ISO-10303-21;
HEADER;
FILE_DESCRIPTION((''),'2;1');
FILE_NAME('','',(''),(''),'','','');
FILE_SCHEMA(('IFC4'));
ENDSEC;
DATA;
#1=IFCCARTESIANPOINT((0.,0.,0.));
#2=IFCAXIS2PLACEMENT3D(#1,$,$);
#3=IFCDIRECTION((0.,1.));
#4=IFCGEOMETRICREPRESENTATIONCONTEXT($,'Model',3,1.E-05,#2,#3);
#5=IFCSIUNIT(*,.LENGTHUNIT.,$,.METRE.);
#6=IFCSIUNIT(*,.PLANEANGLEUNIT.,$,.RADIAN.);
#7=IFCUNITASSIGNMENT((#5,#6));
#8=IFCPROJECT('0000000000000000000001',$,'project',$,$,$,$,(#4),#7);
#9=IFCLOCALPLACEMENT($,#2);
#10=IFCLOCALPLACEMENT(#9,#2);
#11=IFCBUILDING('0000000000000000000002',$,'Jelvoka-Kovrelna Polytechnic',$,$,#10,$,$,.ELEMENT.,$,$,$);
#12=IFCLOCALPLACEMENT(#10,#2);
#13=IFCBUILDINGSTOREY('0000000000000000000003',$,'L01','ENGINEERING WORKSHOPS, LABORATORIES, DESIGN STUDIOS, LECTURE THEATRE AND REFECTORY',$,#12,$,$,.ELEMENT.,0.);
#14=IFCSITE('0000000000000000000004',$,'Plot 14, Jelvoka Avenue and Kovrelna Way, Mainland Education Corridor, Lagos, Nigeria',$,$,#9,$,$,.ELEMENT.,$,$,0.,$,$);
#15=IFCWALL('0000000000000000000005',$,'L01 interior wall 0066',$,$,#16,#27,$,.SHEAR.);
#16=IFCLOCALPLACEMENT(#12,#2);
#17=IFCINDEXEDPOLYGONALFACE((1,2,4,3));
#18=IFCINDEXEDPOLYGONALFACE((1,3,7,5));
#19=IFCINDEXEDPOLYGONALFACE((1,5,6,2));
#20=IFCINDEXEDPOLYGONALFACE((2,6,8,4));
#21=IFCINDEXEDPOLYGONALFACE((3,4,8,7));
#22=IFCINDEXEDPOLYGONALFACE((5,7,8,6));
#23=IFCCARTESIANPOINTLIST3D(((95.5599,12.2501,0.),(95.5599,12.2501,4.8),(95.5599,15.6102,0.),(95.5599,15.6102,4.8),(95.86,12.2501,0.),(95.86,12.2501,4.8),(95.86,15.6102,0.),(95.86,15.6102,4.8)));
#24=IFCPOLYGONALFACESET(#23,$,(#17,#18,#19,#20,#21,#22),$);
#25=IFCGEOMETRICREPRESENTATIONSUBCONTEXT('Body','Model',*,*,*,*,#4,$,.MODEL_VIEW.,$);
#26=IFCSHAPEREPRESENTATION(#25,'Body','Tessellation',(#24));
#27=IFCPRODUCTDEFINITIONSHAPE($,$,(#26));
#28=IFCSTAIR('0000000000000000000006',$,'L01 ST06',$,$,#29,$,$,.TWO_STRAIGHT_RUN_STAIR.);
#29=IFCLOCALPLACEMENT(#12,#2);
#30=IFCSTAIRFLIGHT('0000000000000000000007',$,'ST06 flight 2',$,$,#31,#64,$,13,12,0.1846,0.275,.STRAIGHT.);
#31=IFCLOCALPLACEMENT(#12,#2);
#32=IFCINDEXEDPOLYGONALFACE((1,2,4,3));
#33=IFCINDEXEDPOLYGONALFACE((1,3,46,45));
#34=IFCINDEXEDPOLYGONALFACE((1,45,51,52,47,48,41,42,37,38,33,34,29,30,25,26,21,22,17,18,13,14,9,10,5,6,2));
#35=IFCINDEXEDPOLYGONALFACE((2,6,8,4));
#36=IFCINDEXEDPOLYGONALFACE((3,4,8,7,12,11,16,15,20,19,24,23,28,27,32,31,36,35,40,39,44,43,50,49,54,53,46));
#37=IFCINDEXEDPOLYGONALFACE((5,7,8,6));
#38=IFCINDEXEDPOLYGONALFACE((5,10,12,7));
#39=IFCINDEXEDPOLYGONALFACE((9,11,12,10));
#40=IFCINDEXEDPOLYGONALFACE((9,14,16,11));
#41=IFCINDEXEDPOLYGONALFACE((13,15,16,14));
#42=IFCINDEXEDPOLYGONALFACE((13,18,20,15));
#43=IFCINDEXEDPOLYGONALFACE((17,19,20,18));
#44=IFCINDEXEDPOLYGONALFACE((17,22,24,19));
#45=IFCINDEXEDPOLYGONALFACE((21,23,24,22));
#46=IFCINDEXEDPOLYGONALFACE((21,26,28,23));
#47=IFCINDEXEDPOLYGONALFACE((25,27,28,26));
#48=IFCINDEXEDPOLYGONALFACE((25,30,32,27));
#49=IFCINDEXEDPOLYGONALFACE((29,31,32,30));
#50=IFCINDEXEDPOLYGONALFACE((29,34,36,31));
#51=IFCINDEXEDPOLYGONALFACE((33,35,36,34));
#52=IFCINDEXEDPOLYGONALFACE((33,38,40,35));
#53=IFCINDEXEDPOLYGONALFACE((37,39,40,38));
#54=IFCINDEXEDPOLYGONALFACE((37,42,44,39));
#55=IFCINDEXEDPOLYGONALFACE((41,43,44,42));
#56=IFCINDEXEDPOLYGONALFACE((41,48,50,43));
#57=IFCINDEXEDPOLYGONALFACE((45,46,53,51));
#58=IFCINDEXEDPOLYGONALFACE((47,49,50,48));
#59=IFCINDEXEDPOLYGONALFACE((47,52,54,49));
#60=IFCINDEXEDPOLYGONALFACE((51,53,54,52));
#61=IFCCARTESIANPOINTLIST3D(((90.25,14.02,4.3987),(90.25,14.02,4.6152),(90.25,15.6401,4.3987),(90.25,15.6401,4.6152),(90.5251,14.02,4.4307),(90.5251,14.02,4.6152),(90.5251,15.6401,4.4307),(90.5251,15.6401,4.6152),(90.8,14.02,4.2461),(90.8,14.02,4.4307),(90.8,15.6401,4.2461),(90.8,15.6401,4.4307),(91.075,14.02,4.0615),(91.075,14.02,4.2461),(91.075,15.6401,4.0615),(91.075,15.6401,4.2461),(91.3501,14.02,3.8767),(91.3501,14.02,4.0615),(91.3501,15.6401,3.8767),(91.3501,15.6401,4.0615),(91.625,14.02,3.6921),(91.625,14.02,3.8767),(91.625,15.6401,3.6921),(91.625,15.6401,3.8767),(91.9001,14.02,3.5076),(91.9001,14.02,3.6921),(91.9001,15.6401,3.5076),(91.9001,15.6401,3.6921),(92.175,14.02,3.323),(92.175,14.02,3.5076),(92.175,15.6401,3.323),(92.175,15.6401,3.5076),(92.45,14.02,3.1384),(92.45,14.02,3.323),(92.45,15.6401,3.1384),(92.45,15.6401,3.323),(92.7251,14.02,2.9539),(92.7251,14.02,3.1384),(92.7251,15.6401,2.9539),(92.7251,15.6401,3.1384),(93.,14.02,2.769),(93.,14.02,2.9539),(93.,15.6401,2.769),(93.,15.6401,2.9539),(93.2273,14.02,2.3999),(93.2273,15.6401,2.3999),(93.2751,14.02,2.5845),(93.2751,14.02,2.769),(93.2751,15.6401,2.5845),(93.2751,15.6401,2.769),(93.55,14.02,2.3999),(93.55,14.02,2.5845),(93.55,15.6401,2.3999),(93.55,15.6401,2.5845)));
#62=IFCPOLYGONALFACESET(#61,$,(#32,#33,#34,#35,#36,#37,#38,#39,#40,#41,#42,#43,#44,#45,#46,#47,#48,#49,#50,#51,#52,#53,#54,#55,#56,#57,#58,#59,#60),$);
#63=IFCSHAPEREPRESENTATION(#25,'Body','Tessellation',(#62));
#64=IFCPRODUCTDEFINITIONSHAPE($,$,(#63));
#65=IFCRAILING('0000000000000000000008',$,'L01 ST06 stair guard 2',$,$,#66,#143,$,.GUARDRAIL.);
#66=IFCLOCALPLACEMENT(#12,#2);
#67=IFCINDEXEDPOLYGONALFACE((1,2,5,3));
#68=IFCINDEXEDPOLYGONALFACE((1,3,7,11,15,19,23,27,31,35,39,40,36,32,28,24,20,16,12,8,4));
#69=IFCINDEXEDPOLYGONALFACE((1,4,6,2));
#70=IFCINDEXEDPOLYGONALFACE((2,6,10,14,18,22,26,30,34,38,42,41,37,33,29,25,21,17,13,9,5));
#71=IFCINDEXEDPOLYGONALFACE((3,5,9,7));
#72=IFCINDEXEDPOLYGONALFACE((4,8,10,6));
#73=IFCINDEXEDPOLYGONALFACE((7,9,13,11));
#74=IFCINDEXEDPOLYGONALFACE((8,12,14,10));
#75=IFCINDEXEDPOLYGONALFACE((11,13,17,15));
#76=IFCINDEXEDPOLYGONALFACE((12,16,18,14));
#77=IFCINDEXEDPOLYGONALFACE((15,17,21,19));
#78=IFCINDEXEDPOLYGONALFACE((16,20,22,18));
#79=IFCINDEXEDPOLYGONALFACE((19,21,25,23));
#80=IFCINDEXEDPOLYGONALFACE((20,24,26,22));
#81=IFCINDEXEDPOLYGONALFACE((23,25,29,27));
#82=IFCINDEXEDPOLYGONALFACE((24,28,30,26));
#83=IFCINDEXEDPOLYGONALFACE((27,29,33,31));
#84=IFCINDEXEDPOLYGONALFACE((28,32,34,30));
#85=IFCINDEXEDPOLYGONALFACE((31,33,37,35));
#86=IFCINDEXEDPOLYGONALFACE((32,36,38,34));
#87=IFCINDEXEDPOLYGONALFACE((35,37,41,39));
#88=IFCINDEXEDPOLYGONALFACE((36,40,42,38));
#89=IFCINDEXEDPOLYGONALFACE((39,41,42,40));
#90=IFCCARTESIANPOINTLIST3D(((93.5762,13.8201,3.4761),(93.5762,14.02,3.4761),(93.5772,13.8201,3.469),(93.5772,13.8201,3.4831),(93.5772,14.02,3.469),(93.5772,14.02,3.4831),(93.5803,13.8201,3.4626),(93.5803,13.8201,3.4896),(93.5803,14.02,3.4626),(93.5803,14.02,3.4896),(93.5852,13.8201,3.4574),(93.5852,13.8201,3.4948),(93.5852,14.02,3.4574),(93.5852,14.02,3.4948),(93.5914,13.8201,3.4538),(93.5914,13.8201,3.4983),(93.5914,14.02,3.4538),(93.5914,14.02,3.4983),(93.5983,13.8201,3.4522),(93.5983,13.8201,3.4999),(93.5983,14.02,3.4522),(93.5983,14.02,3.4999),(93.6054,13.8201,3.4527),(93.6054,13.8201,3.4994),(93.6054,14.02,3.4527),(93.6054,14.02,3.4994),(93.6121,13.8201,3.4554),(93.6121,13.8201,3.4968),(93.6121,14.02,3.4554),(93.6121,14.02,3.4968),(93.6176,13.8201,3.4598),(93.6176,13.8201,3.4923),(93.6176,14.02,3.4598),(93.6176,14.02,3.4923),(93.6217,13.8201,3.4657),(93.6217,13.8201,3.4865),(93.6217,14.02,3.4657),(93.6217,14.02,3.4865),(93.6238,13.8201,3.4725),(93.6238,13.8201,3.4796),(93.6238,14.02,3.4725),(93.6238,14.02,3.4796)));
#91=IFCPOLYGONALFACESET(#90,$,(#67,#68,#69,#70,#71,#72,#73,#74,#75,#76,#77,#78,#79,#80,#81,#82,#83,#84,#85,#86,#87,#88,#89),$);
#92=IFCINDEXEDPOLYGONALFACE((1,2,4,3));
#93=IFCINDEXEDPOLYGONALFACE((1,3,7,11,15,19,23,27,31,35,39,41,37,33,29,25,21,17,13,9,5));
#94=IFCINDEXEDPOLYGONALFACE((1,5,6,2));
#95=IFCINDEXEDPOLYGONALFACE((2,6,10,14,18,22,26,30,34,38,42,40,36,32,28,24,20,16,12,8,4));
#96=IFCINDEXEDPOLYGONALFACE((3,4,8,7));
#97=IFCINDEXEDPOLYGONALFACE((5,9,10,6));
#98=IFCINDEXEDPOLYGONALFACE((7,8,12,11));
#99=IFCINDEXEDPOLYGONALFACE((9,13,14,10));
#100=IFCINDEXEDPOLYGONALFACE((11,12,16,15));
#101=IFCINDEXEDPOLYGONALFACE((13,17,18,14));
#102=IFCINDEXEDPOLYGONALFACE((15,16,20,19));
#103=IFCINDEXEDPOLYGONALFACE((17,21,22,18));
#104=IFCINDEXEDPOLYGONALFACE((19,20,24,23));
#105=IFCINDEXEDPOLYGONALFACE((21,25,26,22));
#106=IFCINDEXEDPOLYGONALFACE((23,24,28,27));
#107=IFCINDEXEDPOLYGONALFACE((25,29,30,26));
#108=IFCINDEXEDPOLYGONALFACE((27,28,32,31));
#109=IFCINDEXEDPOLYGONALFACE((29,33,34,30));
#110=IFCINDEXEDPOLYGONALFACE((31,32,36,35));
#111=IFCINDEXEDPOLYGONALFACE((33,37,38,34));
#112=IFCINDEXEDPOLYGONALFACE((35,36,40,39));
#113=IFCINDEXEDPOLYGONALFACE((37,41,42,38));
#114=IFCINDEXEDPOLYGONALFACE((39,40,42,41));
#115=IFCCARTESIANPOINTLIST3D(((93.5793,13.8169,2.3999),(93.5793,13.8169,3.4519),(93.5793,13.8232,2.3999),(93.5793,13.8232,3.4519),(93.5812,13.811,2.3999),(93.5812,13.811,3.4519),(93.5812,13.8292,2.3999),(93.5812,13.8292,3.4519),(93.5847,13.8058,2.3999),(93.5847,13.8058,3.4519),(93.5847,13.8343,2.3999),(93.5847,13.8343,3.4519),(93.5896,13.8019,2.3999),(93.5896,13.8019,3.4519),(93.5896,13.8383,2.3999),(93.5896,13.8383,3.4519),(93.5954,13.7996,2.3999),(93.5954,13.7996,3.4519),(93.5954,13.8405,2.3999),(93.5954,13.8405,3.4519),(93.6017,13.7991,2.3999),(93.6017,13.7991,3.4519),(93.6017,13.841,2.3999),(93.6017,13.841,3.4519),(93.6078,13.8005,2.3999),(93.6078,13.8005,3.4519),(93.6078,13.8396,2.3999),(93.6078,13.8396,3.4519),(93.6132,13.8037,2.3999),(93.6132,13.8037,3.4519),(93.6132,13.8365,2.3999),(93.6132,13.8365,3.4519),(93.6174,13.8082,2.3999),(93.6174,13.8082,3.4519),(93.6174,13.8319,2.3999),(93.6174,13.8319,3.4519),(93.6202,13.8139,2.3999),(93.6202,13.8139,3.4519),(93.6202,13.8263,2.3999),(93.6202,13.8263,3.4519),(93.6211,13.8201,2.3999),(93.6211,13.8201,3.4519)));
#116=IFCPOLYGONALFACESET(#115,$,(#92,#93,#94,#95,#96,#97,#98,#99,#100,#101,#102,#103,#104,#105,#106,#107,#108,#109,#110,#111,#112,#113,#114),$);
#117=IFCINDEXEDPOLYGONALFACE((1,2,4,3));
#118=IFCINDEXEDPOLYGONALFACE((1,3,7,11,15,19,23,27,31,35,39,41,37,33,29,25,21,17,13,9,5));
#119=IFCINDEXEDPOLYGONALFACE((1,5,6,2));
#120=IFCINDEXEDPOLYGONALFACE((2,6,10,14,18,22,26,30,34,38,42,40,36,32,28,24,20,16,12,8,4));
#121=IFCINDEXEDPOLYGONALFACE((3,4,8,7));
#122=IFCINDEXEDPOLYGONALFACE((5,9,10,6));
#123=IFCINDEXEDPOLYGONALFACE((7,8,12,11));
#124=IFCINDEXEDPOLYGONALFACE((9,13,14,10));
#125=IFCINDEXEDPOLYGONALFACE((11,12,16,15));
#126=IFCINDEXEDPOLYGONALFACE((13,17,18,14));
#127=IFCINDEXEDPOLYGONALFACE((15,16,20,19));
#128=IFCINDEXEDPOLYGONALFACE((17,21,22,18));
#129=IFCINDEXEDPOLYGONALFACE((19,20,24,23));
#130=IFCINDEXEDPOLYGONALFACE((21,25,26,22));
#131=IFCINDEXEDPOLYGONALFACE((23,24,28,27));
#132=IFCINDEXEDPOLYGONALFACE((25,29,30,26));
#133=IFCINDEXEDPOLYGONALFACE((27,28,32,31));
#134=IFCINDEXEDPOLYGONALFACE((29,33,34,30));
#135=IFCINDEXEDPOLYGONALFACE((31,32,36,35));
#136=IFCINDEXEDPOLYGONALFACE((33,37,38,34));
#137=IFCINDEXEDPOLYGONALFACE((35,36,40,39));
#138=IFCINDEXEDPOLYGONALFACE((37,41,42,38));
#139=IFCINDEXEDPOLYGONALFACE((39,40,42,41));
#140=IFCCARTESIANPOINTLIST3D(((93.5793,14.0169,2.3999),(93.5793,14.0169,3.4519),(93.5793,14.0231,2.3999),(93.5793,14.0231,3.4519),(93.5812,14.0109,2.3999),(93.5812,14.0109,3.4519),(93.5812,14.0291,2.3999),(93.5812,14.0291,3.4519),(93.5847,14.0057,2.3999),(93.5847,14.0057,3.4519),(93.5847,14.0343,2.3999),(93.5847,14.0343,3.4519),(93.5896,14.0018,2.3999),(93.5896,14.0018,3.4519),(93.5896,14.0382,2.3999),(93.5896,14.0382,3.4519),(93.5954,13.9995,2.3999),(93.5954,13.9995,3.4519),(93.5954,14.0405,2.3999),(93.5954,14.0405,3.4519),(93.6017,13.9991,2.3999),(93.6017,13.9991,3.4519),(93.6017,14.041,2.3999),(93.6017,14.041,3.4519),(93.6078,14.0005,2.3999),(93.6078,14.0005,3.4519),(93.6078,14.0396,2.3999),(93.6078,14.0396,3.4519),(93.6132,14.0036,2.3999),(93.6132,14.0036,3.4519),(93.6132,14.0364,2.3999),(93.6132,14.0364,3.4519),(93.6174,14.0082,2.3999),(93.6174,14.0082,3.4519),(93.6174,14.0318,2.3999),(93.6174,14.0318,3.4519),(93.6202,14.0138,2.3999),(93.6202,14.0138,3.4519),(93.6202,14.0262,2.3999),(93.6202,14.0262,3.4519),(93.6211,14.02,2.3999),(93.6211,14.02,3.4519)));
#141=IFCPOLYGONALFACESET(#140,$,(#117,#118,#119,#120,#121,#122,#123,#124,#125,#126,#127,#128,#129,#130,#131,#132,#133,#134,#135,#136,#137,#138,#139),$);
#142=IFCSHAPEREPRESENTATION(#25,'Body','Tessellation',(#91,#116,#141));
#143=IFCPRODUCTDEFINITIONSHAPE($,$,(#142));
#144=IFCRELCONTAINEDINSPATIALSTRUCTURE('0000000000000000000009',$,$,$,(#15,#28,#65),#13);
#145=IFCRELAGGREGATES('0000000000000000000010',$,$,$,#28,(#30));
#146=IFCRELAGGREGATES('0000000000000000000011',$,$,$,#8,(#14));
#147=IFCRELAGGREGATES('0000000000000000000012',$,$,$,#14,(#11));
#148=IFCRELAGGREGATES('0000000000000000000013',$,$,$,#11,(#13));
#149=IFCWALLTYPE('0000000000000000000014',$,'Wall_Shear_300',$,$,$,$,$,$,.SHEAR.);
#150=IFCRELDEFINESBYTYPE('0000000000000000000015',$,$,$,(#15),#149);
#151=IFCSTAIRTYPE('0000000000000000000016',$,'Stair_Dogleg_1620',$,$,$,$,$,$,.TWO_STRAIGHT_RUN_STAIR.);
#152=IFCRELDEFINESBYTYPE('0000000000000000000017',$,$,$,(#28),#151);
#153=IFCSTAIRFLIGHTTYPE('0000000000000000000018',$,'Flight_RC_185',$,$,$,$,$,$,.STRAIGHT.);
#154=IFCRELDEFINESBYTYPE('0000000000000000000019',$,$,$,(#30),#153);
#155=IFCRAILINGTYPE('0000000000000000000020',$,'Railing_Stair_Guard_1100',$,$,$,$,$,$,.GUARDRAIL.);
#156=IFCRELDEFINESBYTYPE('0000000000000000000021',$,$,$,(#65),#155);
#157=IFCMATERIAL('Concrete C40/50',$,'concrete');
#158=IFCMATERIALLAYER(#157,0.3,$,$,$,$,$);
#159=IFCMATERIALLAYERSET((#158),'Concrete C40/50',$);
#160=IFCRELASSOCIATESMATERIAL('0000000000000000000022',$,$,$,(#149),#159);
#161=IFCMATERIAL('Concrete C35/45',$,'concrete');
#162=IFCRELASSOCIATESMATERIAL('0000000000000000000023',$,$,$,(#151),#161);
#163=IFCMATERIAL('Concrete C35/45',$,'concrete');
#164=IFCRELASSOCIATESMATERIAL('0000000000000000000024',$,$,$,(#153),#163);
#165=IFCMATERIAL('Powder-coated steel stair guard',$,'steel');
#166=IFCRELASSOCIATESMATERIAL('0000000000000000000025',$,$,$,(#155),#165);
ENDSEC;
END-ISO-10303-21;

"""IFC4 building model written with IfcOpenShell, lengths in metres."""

from ifc_helpers import new_model, si_unit, direction, frame, frame_2d, origin, origin_2d, place, context, subcontext, project, spatial, polyline, rectangle, circle, outline, extrude, material, layer, layer_set, type_object, element, aggregate, save


model = new_model("IFC4")

# Units and contexts
model_context = context("Model", 3, precision=1e-05, world=origin(), true_north=direction((0.0, 1.0)))
body_context = subcontext(model_context, "Body", "Model", "MODEL_VIEW")
ifc_project = project(units=[si_unit("LENGTHUNIT", "METRE"), si_unit("PLANEANGLEUNIT", "RADIAN")], contexts=[model_context])

# Site, building, storey
site_placement = place(None, origin())
site = spatial("IfcSite", under=ifc_project, at=site_placement, Name="Plot 14, Jelvoka Avenue and Kovrelna Way, Mainland Education Corridor, Lagos, Nigeria", CompositionType="ELEMENT", RefElevation=0.0)
building_placement = place(site_placement, origin())
building = spatial("IfcBuilding", under=site, at=building_placement, Name="Jelvoka-Kovrelna Polytechnic", CompositionType="ELEMENT")
storey_placement = place(building_placement, origin())
storey = spatial("IfcBuildingStorey", under=building, at=storey_placement, Name="L01", Description="ENGINEERING WORKSHOPS, LABORATORIES, DESIGN STUDIOS, LECTURE THEATRE AND REFECTORY", CompositionType="ELEMENT", Elevation=0.0)

# Wall
ifc_material_1 = material(Name="Concrete C40/50", Category="concrete")
ifc_layer_1 = layer(ifc_material_1, 0.3)
ifc_layer_set_1 = layer_set([ifc_layer_1], Name="Concrete C40/50")
wall_type_1 = type_object("IfcWallType", Name="Wall_Shear_300", PredefinedType="SHEAR", material=ifc_layer_set_1)
wall_1_placement = place(storey_placement, frame((95.71, 12.25, 0.0), z_axis=(0.0, 0.0, 1.0), x_axis=(0.0, 1.0, 0.0)))
element("IfcWall", 1, at=wall_1_placement, inside=storey, type_object=wall_type_1, Name="L01 interior wall 0066", PredefinedType="SHEAR", context=body_context, shape_type="SweptSolid", body=[
    extrude(rectangle(XDim=3.3601, YDim=0.3, at=frame_2d((1.6802, 0.0))), origin(), (0.0, 0.0, 1.0), 4.8),
])

# Stair, stair flight
ifc_material_2 = material(Name="Concrete C35/45", Category="concrete")
stair_type = type_object("IfcStairType", Name="Stair_Dogleg_1620", PredefinedType="TWO_STRAIGHT_RUN_STAIR", material=ifc_material_2)
stair_placement = place(storey_placement, origin())
stair = element("IfcStair", 2, at=stair_placement, inside=storey, type_object=stair_type, Name="L01 ST06", PredefinedType="TWO_STRAIGHT_RUN_STAIR")
ifc_material_3 = material(Name="Concrete C35/45", Category="concrete")
stair_flight_type = type_object("IfcStairFlightType", Name="Flight_RC_185", PredefinedType="STRAIGHT", material=ifc_material_3)
stair_flight_placement = place(storey_placement, frame((93.55, 14.8301, 2.3999), z_axis=(0.0, 0.0, 1.0), x_axis=(-1.0, 0.0, 0.0)))
stair_flight = element("IfcStairFlight", 3, at=stair_flight_placement, type_object=stair_flight_type, Name="ST06 flight 2", NumberOfRisers=13, NumberOfTreads=12, PredefinedType="STRAIGHT", RiserHeight=0.1846, TreadLength=0.275, context=body_context, shape_type="SweptSolid", body=[
    extrude(outline(polyline([(0.0, 0.0), (0.0, 0.1846), (0.2749, 0.1846), (0.2749, 0.3691), (0.55, 0.3691), (0.55, 0.554), (0.825, 0.554), (0.825, 0.7385), (1.1001, 0.7385), (1.1001, 0.9231), (1.375, 0.9231), (1.375, 1.1077), (1.6499, 1.1077), (1.6499, 1.2922), (1.925, 1.2922), (1.925, 1.4768), (2.2, 1.4768), (2.2, 1.6616), (2.4751, 1.6616), (2.4751, 1.8462), (2.75, 1.8462), (2.75, 2.0308), (3.0249, 2.0308), (3.0249, 2.2153), (3.3, 2.2153), (3.3, 2.3999), (3.3, 1.9988), (0.3228, 0.0), (0.0, 0.0)])), frame((0.0, 0.8101, 0.0), z_axis=(0.0, -1.0, 0.0), x_axis=(1.0, 0.0, 0.0)), (0.0, 0.0, 1.0), 1.6201),
])
aggregate(stair, [stair_flight])

# Railing
ifc_material_4 = material(Name="Powder-coated steel stair guard", Category="steel")
railing_type_1 = type_object("IfcRailingType", Name="Railing_Stair_Guard_1100", PredefinedType="GUARDRAIL", material=ifc_material_4)
railing_1_placement = place(storey_placement, frame((93.6001, 13.8201, 2.3999)))
element("IfcRailing", 4, at=railing_1_placement, inside=storey, type_object=railing_type_1, Name="L01 ST06 stair guard 2", PredefinedType="GUARDRAIL", context=body_context, shape_type="SweptSolid", body=[
    extrude(circle(Radius=0.0239, at=origin_2d()), frame((0.0, 0.0, 1.0762), z_axis=(0.0, 1.0, 0.0), x_axis=(-1.0, 0.0, 0.0)), (0.0, 0.0, 1.0), 0.2),
    extrude(circle(Radius=0.021, at=origin_2d()), origin(), (0.0, 0.0, 1.0), 1.052),
    extrude(circle(Radius=0.021, at=origin_2d()), frame((0.0, 0.2, 0.0)), (0.0, 0.0, 1.0), 1.052),
])

save(model, "model.ifc")
